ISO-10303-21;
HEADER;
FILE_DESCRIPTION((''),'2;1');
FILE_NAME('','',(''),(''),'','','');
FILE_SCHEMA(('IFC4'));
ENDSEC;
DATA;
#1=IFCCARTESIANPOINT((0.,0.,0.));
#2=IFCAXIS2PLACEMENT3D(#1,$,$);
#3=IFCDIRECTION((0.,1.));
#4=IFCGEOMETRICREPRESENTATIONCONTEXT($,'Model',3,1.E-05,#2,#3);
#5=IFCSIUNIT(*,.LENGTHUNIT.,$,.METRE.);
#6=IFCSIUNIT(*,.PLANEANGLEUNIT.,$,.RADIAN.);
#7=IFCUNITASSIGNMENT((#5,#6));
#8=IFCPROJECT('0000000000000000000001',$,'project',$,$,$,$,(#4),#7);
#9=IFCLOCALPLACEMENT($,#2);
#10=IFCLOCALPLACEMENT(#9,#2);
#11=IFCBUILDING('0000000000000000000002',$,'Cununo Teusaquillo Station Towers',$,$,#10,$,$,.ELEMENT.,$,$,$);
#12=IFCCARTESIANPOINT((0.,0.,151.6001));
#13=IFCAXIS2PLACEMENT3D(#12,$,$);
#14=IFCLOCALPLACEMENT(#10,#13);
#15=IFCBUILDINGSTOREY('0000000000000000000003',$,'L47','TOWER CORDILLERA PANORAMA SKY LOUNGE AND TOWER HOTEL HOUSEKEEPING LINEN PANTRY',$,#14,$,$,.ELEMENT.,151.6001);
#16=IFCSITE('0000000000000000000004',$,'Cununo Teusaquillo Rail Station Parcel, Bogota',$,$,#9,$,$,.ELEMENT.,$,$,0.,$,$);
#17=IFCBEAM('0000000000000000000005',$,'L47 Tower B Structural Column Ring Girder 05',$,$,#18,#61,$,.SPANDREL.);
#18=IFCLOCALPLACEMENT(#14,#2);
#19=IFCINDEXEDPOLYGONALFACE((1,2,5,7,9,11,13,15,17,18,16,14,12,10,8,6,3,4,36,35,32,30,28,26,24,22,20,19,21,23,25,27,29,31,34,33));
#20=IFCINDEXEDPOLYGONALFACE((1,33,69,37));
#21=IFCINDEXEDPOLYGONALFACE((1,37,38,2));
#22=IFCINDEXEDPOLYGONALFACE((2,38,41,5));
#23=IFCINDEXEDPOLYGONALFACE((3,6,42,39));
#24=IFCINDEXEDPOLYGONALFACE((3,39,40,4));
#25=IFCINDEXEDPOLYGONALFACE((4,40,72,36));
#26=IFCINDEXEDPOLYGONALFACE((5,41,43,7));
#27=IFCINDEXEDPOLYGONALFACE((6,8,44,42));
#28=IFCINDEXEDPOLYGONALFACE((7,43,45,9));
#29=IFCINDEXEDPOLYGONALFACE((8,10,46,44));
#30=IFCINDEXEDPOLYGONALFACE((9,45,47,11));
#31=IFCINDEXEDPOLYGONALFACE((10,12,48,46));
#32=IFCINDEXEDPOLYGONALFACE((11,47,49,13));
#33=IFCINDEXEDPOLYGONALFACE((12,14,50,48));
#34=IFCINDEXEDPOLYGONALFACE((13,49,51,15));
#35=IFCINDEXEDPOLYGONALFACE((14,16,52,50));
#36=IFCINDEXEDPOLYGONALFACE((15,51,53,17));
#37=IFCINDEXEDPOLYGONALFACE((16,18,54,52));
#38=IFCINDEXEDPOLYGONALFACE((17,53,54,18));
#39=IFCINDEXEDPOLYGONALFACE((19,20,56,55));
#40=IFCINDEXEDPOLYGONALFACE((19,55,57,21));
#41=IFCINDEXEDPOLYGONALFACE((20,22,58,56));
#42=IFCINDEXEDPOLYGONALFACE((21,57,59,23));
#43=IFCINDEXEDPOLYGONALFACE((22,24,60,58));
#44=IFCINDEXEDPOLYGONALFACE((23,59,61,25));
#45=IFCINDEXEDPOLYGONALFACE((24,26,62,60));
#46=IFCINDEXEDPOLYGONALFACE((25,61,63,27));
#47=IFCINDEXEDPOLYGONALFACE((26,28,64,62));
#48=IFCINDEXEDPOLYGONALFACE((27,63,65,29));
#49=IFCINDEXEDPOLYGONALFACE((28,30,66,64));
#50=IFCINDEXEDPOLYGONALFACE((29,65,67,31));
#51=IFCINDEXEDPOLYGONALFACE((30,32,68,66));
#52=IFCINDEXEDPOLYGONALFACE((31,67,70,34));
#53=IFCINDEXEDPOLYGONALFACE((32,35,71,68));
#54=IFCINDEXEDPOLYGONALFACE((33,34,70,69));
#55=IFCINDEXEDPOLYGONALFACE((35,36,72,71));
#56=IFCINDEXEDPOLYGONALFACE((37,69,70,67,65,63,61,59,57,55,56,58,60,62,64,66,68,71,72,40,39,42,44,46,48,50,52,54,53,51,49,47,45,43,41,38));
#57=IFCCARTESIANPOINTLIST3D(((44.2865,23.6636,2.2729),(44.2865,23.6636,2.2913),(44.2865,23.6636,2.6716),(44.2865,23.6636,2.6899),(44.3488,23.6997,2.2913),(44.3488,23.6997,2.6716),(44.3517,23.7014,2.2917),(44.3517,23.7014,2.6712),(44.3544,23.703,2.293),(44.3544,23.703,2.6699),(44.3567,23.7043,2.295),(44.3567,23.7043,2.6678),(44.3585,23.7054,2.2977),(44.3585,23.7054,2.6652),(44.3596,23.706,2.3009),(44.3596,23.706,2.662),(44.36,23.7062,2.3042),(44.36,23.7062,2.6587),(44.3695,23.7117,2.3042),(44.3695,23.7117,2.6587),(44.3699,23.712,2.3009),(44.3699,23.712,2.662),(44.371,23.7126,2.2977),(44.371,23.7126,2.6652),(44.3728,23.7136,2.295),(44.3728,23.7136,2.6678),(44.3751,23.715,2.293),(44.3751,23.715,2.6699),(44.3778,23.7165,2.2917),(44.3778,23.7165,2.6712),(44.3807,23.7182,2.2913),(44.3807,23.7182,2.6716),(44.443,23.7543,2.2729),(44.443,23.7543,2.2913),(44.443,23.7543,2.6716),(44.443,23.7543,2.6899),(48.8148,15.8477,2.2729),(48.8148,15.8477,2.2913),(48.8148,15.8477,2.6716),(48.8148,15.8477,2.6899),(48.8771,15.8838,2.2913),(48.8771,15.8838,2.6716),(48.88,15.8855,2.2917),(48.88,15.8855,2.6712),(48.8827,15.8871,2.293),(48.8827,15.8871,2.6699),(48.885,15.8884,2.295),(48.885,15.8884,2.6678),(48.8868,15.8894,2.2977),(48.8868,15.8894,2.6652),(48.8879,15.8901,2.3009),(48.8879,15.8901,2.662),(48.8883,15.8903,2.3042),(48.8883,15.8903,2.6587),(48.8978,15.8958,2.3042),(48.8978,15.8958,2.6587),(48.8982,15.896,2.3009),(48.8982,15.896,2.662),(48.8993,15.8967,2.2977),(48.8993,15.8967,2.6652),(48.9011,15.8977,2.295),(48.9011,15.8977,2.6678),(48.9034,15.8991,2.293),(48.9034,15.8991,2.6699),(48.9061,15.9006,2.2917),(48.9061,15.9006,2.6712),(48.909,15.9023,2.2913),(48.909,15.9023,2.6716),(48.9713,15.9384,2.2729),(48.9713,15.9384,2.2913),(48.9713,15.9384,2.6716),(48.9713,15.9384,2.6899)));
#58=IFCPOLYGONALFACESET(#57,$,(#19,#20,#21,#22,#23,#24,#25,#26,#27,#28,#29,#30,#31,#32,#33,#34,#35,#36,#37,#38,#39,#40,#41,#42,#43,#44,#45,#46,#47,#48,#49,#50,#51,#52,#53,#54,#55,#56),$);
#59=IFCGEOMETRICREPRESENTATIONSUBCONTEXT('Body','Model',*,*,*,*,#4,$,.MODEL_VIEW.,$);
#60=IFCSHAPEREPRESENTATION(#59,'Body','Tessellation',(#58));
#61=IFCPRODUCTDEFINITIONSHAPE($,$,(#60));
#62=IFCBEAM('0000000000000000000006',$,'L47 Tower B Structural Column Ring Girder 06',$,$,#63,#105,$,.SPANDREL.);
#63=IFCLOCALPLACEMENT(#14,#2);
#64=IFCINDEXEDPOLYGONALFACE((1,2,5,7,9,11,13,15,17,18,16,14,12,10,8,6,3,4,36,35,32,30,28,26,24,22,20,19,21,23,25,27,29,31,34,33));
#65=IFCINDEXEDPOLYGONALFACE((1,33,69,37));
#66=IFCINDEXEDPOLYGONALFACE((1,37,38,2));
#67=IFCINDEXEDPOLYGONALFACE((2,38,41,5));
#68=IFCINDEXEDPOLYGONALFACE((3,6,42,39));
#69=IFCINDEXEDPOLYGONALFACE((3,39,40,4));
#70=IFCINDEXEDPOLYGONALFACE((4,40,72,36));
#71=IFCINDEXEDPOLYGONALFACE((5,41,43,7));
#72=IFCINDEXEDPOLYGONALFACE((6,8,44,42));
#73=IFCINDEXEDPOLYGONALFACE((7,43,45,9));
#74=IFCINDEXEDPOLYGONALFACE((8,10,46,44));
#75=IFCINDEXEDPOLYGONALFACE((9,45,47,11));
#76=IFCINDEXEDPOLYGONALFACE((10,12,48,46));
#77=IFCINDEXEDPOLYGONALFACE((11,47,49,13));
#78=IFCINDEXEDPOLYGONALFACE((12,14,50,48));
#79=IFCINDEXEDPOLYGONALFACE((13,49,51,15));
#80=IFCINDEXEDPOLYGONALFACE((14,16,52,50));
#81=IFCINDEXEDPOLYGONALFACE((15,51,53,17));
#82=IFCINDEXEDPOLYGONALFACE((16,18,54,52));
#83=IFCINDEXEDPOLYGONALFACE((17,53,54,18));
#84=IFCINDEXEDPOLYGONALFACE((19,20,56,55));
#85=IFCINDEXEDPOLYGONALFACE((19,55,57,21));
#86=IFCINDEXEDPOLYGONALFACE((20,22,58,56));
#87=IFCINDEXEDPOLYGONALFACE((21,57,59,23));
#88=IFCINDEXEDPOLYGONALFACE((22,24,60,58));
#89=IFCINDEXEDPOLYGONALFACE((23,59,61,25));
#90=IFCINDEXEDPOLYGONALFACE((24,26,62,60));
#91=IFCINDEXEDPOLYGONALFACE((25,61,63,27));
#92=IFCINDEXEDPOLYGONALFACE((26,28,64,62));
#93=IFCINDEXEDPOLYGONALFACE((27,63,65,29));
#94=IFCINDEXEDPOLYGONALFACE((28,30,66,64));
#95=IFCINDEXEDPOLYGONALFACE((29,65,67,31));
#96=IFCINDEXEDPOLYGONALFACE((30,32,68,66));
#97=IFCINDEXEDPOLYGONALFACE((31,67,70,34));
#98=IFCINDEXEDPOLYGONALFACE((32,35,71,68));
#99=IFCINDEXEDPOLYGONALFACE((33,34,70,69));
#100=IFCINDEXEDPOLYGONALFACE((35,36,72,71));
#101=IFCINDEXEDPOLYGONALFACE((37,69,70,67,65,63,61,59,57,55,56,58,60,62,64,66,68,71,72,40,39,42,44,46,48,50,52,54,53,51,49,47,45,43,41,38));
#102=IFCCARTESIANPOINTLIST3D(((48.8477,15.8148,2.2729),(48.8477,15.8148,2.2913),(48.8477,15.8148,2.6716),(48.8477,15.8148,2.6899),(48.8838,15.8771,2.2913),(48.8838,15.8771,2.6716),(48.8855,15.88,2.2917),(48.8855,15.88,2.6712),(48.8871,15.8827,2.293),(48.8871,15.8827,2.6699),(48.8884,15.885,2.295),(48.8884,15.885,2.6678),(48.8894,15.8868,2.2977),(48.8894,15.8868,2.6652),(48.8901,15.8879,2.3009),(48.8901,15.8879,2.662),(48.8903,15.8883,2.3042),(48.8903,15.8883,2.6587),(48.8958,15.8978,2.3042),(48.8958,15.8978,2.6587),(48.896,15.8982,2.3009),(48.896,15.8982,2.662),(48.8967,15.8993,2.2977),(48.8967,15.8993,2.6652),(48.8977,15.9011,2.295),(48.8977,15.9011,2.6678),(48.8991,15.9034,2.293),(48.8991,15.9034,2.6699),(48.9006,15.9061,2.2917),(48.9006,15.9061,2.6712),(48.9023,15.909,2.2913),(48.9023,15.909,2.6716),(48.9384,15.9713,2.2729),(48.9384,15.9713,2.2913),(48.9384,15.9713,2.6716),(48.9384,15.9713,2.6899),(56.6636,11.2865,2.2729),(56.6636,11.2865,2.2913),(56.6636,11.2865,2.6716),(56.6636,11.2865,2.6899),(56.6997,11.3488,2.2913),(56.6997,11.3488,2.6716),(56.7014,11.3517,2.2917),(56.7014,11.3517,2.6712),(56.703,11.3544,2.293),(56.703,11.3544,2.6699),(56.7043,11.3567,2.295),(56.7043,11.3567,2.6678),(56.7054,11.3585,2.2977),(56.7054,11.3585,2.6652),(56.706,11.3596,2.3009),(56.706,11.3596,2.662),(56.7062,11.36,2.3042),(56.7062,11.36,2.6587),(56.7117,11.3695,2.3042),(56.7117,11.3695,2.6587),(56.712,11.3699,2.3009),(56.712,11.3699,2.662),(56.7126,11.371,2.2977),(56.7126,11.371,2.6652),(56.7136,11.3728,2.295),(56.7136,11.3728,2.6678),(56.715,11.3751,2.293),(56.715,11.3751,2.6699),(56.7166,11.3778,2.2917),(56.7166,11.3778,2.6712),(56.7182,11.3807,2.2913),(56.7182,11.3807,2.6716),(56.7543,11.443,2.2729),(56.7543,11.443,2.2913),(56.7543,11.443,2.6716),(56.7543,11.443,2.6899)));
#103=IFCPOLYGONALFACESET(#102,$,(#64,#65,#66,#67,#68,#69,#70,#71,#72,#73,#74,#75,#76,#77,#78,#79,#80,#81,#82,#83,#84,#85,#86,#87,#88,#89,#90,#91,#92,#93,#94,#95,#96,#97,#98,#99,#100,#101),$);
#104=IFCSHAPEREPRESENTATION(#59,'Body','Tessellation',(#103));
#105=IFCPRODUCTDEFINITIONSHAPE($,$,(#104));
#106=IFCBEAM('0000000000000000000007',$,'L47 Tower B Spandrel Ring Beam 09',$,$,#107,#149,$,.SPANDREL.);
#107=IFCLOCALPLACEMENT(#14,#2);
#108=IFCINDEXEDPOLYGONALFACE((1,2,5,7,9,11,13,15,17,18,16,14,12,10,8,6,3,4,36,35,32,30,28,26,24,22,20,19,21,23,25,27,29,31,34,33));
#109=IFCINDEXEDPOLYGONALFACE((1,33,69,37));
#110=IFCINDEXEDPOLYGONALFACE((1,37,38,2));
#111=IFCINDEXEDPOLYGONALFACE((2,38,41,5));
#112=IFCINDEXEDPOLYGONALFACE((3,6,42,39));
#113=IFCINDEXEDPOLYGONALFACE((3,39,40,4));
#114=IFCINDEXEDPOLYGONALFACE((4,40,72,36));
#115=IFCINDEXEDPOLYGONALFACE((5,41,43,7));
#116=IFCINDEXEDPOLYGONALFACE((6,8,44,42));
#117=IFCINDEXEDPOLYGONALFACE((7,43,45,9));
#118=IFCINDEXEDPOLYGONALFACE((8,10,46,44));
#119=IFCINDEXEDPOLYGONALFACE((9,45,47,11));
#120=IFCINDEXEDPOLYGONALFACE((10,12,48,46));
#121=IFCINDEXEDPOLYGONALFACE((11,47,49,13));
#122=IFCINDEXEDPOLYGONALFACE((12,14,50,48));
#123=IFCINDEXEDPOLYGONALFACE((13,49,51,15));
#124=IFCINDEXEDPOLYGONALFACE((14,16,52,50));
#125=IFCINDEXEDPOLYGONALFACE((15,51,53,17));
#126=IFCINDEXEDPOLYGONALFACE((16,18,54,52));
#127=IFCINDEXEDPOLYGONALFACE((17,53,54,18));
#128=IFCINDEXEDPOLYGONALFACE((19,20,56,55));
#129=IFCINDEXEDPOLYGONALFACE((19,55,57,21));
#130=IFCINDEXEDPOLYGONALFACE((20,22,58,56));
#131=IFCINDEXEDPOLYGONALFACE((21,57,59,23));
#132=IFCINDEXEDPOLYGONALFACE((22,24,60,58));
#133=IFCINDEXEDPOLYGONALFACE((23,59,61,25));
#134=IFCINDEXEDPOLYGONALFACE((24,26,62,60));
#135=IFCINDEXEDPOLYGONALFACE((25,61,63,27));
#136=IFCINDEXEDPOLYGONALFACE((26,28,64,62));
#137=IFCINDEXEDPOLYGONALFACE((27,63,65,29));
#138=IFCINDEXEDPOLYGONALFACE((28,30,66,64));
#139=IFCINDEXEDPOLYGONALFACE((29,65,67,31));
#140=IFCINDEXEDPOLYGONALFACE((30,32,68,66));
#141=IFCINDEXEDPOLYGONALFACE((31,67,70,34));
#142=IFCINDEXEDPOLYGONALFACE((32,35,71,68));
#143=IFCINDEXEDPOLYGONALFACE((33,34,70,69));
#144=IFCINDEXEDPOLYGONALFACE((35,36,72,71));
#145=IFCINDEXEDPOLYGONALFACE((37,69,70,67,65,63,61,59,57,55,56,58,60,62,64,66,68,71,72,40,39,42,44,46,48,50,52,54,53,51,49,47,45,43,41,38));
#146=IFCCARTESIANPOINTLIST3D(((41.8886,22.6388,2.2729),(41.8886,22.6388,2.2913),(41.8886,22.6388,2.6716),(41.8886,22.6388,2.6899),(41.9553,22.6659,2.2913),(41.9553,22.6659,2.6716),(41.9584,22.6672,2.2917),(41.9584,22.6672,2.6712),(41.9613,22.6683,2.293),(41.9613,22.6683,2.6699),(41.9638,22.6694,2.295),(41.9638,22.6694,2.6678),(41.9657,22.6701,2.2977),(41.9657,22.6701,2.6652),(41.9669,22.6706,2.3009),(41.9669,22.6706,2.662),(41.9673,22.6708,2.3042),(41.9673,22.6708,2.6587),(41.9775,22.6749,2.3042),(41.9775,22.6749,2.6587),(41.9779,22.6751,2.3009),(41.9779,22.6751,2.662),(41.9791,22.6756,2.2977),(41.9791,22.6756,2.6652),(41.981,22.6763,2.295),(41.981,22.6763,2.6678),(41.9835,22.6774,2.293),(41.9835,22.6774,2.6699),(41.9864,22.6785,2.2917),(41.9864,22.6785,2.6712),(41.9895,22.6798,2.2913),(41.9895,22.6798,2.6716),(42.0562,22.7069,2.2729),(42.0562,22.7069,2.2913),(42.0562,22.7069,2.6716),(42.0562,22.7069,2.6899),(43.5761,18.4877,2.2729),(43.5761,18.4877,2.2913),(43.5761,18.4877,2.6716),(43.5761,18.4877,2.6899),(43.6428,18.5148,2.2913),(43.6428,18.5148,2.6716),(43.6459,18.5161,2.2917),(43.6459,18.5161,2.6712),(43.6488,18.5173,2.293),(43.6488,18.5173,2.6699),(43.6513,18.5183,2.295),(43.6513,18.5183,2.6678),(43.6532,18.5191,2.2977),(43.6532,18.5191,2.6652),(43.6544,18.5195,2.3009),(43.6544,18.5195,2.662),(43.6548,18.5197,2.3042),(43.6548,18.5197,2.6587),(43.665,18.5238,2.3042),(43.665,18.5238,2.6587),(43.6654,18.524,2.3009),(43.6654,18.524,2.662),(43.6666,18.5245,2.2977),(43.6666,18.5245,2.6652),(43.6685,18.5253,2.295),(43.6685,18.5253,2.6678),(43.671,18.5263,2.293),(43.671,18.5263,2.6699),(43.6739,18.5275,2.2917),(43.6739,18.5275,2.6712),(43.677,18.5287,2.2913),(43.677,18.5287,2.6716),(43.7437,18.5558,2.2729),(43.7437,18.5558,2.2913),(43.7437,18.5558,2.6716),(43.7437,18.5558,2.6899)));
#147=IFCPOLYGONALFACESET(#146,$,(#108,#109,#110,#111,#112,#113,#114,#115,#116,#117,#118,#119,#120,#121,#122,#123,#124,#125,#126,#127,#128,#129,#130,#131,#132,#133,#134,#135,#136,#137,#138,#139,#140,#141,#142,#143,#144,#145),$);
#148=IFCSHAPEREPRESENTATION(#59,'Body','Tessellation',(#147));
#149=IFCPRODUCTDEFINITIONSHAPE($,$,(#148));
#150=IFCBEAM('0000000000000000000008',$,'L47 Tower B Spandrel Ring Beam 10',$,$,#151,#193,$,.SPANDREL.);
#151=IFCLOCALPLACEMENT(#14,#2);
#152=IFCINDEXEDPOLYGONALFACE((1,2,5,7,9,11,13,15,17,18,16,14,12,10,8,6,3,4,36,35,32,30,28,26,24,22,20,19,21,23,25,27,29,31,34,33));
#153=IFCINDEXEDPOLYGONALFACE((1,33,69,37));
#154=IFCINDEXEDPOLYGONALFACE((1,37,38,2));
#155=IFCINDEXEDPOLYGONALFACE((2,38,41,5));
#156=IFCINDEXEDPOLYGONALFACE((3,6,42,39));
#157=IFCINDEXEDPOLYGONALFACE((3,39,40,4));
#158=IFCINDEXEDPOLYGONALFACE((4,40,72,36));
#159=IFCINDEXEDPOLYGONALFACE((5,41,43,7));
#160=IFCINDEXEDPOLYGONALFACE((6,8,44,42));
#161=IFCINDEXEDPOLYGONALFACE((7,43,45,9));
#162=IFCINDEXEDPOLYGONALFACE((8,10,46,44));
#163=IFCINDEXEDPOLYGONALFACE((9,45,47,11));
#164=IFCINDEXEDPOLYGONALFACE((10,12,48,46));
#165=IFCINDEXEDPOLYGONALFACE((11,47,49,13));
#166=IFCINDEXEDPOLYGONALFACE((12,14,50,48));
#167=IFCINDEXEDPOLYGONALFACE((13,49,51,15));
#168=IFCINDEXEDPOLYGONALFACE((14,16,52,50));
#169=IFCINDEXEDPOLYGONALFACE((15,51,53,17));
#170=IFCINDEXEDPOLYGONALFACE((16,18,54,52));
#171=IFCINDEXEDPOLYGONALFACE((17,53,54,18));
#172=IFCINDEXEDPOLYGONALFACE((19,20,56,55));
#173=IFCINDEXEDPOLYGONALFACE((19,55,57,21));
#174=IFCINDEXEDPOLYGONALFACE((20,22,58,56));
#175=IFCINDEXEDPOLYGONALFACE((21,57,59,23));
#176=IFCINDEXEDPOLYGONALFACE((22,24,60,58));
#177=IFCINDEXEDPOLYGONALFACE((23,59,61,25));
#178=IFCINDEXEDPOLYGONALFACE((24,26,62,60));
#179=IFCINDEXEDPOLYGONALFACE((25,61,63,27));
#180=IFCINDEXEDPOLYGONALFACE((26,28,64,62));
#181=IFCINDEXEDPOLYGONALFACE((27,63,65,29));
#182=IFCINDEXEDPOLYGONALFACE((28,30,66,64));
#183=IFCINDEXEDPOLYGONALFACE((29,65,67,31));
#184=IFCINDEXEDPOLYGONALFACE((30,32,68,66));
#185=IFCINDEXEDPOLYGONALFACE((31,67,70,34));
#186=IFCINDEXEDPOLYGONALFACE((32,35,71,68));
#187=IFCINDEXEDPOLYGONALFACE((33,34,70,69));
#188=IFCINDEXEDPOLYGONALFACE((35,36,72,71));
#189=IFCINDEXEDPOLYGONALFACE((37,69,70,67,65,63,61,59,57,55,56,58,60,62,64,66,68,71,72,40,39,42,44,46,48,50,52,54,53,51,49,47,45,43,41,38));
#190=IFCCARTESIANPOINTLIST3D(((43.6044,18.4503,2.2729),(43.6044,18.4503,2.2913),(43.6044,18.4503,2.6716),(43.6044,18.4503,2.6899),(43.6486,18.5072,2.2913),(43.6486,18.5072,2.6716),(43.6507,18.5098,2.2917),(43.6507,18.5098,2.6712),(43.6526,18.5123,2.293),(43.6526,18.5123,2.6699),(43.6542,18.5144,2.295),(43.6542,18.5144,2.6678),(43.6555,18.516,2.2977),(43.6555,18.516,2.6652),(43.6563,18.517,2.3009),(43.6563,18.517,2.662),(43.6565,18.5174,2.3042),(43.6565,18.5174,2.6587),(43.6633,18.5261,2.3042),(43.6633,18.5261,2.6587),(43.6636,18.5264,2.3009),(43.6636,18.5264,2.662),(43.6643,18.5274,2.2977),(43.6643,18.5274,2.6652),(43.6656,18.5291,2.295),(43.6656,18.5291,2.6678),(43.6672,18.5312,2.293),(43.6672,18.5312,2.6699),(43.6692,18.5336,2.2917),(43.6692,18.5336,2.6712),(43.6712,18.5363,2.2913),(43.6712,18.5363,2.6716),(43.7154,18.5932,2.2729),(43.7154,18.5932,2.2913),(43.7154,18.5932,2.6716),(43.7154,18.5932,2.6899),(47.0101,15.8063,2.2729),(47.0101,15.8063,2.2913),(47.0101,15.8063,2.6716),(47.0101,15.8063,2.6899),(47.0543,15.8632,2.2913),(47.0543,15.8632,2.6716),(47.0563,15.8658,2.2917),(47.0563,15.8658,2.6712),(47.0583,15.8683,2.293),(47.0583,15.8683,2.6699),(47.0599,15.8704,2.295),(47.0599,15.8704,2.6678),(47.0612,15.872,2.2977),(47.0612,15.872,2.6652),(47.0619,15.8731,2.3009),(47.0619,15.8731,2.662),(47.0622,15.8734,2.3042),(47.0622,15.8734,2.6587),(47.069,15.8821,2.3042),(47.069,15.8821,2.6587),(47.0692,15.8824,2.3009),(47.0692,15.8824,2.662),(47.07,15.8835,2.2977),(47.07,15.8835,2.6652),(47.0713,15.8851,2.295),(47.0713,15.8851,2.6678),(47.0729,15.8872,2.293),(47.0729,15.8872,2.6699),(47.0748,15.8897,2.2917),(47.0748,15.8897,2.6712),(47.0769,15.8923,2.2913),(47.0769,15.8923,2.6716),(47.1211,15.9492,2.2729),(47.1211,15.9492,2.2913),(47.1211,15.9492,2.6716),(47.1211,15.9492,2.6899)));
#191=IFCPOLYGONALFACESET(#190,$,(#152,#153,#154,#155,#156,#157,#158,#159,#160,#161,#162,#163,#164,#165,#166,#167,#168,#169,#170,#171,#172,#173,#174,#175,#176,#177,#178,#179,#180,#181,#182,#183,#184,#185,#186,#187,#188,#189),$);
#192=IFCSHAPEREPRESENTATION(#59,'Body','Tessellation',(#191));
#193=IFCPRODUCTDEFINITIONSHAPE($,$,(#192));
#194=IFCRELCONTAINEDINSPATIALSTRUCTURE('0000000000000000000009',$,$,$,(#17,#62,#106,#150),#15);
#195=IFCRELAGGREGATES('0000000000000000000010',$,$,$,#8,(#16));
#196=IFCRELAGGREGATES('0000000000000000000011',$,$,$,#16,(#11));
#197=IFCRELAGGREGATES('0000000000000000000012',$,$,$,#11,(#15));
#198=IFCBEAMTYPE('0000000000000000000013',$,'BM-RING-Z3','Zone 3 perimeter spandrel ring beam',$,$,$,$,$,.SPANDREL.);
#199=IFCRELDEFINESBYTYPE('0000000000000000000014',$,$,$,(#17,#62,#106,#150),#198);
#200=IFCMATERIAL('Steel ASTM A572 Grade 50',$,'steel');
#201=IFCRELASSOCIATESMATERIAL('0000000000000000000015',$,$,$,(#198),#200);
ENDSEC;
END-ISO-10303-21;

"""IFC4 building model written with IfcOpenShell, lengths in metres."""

from ifc_helpers import new_model, si_unit, direction, frame, origin, origin_2d, place, context, subcontext, project, spatial, i_section, extrude, material, material_profile, profile_set, type_object, element, save


model = new_model("IFC4")

# Units and contexts
model_context = context("Model", 3, precision=1e-05, world=origin(), true_north=direction((0.0, 1.0)))
body_context = subcontext(model_context, "Body", "Model", "MODEL_VIEW")
ifc_project = project(units=[si_unit("LENGTHUNIT", "METRE"), si_unit("PLANEANGLEUNIT", "RADIAN")], contexts=[model_context])

# Site, building, storey
site_placement = place(None, origin())
site = spatial("IfcSite", under=ifc_project, at=site_placement, Name="Cununo Teusaquillo Rail Station Parcel, Bogota", CompositionType="ELEMENT", RefElevation=0.0)
building_placement = place(site_placement, origin())
building = spatial("IfcBuilding", under=site, at=building_placement, Name="Cununo Teusaquillo Station Towers", CompositionType="ELEMENT")
storey_placement = place(building_placement, frame((0.0, 0.0, 151.6001)))
storey = spatial("IfcBuildingStorey", under=building, at=storey_placement, Name="L47", Description="TOWER CORDILLERA PANORAMA SKY LOUNGE AND TOWER HOTEL HOUSEKEEPING LINEN PANTRY", CompositionType="ELEMENT", Elevation=151.6001)

# Beams
ifc_material_1 = material(Name="Steel ASTM A572 Grade 50", Category="steel")
ifc_material_profile_1 = material_profile(ifc_material_1, i_section(OverallWidth=0.1809, OverallDepth=0.417, WebThickness=0.011, FlangeThickness=0.0183, FilletRadius=0.0129, at=origin_2d()), Name="W16X57")
ifc_profile_set_1 = profile_set([ifc_material_profile_1], Name="Steel ASTM A572 Grade 50")
beam_type_1 = type_object("IfcBeamType", Name="BM-RING-Z3", Description="Zone 3 perimeter spandrel ring beam", PredefinedType="SPANDREL", material=ifc_profile_set_1)
for number, where, z_axis, x_axis, name in (
    (1, (44.3647, 23.709, 2.4814), (0.501311, -0.865267, 0.0), (0.865267, 0.501311, 0.0), "L47 Tower B Structural Column Ring Girder 05"),
    (2, (48.8931, 15.8931, 2.4814), (0.865267, -0.501311, 0.0), (0.501311, 0.865267, 0.0), "L47 Tower B Structural Column Ring Girder 06"),
):
    element("IfcBeam", number, at=place(storey_placement, frame(where, z_axis=z_axis, x_axis=x_axis)), inside=storey, type_object=beam_type_1, Name=name, PredefinedType="SPANDREL", context=body_context, shape_type="SweptSolid", body=[
        extrude(i_section(OverallWidth=0.1809, OverallDepth=0.417, WebThickness=0.011, FlangeThickness=0.0183, FilletRadius=0.0129, at=origin_2d()), origin(), (0.0, 0.0, 1.0), 9.033),
    ])
beam_1_placement = place(storey_placement, frame((41.9724, 22.6729, 2.4814), z_axis=(0.376589, -0.92638, 0.0), x_axis=(0.92638, 0.376589, 0.0)))
element("IfcBeam", 3, at=beam_1_placement, inside=storey, type_object=beam_type_1, Name="L47 Tower B Spandrel Ring Beam 09", PredefinedType="SPANDREL", context=body_context, shape_type="SweptSolid", body=[
    extrude(i_section(OverallWidth=0.1809, OverallDepth=0.417, WebThickness=0.011, FlangeThickness=0.0183, FilletRadius=0.0129, at=origin_2d()), origin(), (0.0, 0.0, 1.0), 4.481),
])
beam_2_placement = place(storey_placement, frame((43.6599, 18.5217, 2.4814), z_axis=(0.789901, -0.613235, 0.0), x_axis=(0.613235, 0.789901, 0.0)))
element("IfcBeam", 4, at=beam_2_placement, inside=storey, type_object=beam_type_1, Name="L47 Tower B Spandrel Ring Beam 10", PredefinedType="SPANDREL", context=body_context, shape_type="SweptSolid", body=[
    extrude(i_section(OverallWidth=0.1809, OverallDepth=0.417, WebThickness=0.011, FlangeThickness=0.0183, FilletRadius=0.0129, at=origin_2d()), origin(), (0.0, 0.0, 1.0), 4.3115),
])

save(model, "model.ifc")
